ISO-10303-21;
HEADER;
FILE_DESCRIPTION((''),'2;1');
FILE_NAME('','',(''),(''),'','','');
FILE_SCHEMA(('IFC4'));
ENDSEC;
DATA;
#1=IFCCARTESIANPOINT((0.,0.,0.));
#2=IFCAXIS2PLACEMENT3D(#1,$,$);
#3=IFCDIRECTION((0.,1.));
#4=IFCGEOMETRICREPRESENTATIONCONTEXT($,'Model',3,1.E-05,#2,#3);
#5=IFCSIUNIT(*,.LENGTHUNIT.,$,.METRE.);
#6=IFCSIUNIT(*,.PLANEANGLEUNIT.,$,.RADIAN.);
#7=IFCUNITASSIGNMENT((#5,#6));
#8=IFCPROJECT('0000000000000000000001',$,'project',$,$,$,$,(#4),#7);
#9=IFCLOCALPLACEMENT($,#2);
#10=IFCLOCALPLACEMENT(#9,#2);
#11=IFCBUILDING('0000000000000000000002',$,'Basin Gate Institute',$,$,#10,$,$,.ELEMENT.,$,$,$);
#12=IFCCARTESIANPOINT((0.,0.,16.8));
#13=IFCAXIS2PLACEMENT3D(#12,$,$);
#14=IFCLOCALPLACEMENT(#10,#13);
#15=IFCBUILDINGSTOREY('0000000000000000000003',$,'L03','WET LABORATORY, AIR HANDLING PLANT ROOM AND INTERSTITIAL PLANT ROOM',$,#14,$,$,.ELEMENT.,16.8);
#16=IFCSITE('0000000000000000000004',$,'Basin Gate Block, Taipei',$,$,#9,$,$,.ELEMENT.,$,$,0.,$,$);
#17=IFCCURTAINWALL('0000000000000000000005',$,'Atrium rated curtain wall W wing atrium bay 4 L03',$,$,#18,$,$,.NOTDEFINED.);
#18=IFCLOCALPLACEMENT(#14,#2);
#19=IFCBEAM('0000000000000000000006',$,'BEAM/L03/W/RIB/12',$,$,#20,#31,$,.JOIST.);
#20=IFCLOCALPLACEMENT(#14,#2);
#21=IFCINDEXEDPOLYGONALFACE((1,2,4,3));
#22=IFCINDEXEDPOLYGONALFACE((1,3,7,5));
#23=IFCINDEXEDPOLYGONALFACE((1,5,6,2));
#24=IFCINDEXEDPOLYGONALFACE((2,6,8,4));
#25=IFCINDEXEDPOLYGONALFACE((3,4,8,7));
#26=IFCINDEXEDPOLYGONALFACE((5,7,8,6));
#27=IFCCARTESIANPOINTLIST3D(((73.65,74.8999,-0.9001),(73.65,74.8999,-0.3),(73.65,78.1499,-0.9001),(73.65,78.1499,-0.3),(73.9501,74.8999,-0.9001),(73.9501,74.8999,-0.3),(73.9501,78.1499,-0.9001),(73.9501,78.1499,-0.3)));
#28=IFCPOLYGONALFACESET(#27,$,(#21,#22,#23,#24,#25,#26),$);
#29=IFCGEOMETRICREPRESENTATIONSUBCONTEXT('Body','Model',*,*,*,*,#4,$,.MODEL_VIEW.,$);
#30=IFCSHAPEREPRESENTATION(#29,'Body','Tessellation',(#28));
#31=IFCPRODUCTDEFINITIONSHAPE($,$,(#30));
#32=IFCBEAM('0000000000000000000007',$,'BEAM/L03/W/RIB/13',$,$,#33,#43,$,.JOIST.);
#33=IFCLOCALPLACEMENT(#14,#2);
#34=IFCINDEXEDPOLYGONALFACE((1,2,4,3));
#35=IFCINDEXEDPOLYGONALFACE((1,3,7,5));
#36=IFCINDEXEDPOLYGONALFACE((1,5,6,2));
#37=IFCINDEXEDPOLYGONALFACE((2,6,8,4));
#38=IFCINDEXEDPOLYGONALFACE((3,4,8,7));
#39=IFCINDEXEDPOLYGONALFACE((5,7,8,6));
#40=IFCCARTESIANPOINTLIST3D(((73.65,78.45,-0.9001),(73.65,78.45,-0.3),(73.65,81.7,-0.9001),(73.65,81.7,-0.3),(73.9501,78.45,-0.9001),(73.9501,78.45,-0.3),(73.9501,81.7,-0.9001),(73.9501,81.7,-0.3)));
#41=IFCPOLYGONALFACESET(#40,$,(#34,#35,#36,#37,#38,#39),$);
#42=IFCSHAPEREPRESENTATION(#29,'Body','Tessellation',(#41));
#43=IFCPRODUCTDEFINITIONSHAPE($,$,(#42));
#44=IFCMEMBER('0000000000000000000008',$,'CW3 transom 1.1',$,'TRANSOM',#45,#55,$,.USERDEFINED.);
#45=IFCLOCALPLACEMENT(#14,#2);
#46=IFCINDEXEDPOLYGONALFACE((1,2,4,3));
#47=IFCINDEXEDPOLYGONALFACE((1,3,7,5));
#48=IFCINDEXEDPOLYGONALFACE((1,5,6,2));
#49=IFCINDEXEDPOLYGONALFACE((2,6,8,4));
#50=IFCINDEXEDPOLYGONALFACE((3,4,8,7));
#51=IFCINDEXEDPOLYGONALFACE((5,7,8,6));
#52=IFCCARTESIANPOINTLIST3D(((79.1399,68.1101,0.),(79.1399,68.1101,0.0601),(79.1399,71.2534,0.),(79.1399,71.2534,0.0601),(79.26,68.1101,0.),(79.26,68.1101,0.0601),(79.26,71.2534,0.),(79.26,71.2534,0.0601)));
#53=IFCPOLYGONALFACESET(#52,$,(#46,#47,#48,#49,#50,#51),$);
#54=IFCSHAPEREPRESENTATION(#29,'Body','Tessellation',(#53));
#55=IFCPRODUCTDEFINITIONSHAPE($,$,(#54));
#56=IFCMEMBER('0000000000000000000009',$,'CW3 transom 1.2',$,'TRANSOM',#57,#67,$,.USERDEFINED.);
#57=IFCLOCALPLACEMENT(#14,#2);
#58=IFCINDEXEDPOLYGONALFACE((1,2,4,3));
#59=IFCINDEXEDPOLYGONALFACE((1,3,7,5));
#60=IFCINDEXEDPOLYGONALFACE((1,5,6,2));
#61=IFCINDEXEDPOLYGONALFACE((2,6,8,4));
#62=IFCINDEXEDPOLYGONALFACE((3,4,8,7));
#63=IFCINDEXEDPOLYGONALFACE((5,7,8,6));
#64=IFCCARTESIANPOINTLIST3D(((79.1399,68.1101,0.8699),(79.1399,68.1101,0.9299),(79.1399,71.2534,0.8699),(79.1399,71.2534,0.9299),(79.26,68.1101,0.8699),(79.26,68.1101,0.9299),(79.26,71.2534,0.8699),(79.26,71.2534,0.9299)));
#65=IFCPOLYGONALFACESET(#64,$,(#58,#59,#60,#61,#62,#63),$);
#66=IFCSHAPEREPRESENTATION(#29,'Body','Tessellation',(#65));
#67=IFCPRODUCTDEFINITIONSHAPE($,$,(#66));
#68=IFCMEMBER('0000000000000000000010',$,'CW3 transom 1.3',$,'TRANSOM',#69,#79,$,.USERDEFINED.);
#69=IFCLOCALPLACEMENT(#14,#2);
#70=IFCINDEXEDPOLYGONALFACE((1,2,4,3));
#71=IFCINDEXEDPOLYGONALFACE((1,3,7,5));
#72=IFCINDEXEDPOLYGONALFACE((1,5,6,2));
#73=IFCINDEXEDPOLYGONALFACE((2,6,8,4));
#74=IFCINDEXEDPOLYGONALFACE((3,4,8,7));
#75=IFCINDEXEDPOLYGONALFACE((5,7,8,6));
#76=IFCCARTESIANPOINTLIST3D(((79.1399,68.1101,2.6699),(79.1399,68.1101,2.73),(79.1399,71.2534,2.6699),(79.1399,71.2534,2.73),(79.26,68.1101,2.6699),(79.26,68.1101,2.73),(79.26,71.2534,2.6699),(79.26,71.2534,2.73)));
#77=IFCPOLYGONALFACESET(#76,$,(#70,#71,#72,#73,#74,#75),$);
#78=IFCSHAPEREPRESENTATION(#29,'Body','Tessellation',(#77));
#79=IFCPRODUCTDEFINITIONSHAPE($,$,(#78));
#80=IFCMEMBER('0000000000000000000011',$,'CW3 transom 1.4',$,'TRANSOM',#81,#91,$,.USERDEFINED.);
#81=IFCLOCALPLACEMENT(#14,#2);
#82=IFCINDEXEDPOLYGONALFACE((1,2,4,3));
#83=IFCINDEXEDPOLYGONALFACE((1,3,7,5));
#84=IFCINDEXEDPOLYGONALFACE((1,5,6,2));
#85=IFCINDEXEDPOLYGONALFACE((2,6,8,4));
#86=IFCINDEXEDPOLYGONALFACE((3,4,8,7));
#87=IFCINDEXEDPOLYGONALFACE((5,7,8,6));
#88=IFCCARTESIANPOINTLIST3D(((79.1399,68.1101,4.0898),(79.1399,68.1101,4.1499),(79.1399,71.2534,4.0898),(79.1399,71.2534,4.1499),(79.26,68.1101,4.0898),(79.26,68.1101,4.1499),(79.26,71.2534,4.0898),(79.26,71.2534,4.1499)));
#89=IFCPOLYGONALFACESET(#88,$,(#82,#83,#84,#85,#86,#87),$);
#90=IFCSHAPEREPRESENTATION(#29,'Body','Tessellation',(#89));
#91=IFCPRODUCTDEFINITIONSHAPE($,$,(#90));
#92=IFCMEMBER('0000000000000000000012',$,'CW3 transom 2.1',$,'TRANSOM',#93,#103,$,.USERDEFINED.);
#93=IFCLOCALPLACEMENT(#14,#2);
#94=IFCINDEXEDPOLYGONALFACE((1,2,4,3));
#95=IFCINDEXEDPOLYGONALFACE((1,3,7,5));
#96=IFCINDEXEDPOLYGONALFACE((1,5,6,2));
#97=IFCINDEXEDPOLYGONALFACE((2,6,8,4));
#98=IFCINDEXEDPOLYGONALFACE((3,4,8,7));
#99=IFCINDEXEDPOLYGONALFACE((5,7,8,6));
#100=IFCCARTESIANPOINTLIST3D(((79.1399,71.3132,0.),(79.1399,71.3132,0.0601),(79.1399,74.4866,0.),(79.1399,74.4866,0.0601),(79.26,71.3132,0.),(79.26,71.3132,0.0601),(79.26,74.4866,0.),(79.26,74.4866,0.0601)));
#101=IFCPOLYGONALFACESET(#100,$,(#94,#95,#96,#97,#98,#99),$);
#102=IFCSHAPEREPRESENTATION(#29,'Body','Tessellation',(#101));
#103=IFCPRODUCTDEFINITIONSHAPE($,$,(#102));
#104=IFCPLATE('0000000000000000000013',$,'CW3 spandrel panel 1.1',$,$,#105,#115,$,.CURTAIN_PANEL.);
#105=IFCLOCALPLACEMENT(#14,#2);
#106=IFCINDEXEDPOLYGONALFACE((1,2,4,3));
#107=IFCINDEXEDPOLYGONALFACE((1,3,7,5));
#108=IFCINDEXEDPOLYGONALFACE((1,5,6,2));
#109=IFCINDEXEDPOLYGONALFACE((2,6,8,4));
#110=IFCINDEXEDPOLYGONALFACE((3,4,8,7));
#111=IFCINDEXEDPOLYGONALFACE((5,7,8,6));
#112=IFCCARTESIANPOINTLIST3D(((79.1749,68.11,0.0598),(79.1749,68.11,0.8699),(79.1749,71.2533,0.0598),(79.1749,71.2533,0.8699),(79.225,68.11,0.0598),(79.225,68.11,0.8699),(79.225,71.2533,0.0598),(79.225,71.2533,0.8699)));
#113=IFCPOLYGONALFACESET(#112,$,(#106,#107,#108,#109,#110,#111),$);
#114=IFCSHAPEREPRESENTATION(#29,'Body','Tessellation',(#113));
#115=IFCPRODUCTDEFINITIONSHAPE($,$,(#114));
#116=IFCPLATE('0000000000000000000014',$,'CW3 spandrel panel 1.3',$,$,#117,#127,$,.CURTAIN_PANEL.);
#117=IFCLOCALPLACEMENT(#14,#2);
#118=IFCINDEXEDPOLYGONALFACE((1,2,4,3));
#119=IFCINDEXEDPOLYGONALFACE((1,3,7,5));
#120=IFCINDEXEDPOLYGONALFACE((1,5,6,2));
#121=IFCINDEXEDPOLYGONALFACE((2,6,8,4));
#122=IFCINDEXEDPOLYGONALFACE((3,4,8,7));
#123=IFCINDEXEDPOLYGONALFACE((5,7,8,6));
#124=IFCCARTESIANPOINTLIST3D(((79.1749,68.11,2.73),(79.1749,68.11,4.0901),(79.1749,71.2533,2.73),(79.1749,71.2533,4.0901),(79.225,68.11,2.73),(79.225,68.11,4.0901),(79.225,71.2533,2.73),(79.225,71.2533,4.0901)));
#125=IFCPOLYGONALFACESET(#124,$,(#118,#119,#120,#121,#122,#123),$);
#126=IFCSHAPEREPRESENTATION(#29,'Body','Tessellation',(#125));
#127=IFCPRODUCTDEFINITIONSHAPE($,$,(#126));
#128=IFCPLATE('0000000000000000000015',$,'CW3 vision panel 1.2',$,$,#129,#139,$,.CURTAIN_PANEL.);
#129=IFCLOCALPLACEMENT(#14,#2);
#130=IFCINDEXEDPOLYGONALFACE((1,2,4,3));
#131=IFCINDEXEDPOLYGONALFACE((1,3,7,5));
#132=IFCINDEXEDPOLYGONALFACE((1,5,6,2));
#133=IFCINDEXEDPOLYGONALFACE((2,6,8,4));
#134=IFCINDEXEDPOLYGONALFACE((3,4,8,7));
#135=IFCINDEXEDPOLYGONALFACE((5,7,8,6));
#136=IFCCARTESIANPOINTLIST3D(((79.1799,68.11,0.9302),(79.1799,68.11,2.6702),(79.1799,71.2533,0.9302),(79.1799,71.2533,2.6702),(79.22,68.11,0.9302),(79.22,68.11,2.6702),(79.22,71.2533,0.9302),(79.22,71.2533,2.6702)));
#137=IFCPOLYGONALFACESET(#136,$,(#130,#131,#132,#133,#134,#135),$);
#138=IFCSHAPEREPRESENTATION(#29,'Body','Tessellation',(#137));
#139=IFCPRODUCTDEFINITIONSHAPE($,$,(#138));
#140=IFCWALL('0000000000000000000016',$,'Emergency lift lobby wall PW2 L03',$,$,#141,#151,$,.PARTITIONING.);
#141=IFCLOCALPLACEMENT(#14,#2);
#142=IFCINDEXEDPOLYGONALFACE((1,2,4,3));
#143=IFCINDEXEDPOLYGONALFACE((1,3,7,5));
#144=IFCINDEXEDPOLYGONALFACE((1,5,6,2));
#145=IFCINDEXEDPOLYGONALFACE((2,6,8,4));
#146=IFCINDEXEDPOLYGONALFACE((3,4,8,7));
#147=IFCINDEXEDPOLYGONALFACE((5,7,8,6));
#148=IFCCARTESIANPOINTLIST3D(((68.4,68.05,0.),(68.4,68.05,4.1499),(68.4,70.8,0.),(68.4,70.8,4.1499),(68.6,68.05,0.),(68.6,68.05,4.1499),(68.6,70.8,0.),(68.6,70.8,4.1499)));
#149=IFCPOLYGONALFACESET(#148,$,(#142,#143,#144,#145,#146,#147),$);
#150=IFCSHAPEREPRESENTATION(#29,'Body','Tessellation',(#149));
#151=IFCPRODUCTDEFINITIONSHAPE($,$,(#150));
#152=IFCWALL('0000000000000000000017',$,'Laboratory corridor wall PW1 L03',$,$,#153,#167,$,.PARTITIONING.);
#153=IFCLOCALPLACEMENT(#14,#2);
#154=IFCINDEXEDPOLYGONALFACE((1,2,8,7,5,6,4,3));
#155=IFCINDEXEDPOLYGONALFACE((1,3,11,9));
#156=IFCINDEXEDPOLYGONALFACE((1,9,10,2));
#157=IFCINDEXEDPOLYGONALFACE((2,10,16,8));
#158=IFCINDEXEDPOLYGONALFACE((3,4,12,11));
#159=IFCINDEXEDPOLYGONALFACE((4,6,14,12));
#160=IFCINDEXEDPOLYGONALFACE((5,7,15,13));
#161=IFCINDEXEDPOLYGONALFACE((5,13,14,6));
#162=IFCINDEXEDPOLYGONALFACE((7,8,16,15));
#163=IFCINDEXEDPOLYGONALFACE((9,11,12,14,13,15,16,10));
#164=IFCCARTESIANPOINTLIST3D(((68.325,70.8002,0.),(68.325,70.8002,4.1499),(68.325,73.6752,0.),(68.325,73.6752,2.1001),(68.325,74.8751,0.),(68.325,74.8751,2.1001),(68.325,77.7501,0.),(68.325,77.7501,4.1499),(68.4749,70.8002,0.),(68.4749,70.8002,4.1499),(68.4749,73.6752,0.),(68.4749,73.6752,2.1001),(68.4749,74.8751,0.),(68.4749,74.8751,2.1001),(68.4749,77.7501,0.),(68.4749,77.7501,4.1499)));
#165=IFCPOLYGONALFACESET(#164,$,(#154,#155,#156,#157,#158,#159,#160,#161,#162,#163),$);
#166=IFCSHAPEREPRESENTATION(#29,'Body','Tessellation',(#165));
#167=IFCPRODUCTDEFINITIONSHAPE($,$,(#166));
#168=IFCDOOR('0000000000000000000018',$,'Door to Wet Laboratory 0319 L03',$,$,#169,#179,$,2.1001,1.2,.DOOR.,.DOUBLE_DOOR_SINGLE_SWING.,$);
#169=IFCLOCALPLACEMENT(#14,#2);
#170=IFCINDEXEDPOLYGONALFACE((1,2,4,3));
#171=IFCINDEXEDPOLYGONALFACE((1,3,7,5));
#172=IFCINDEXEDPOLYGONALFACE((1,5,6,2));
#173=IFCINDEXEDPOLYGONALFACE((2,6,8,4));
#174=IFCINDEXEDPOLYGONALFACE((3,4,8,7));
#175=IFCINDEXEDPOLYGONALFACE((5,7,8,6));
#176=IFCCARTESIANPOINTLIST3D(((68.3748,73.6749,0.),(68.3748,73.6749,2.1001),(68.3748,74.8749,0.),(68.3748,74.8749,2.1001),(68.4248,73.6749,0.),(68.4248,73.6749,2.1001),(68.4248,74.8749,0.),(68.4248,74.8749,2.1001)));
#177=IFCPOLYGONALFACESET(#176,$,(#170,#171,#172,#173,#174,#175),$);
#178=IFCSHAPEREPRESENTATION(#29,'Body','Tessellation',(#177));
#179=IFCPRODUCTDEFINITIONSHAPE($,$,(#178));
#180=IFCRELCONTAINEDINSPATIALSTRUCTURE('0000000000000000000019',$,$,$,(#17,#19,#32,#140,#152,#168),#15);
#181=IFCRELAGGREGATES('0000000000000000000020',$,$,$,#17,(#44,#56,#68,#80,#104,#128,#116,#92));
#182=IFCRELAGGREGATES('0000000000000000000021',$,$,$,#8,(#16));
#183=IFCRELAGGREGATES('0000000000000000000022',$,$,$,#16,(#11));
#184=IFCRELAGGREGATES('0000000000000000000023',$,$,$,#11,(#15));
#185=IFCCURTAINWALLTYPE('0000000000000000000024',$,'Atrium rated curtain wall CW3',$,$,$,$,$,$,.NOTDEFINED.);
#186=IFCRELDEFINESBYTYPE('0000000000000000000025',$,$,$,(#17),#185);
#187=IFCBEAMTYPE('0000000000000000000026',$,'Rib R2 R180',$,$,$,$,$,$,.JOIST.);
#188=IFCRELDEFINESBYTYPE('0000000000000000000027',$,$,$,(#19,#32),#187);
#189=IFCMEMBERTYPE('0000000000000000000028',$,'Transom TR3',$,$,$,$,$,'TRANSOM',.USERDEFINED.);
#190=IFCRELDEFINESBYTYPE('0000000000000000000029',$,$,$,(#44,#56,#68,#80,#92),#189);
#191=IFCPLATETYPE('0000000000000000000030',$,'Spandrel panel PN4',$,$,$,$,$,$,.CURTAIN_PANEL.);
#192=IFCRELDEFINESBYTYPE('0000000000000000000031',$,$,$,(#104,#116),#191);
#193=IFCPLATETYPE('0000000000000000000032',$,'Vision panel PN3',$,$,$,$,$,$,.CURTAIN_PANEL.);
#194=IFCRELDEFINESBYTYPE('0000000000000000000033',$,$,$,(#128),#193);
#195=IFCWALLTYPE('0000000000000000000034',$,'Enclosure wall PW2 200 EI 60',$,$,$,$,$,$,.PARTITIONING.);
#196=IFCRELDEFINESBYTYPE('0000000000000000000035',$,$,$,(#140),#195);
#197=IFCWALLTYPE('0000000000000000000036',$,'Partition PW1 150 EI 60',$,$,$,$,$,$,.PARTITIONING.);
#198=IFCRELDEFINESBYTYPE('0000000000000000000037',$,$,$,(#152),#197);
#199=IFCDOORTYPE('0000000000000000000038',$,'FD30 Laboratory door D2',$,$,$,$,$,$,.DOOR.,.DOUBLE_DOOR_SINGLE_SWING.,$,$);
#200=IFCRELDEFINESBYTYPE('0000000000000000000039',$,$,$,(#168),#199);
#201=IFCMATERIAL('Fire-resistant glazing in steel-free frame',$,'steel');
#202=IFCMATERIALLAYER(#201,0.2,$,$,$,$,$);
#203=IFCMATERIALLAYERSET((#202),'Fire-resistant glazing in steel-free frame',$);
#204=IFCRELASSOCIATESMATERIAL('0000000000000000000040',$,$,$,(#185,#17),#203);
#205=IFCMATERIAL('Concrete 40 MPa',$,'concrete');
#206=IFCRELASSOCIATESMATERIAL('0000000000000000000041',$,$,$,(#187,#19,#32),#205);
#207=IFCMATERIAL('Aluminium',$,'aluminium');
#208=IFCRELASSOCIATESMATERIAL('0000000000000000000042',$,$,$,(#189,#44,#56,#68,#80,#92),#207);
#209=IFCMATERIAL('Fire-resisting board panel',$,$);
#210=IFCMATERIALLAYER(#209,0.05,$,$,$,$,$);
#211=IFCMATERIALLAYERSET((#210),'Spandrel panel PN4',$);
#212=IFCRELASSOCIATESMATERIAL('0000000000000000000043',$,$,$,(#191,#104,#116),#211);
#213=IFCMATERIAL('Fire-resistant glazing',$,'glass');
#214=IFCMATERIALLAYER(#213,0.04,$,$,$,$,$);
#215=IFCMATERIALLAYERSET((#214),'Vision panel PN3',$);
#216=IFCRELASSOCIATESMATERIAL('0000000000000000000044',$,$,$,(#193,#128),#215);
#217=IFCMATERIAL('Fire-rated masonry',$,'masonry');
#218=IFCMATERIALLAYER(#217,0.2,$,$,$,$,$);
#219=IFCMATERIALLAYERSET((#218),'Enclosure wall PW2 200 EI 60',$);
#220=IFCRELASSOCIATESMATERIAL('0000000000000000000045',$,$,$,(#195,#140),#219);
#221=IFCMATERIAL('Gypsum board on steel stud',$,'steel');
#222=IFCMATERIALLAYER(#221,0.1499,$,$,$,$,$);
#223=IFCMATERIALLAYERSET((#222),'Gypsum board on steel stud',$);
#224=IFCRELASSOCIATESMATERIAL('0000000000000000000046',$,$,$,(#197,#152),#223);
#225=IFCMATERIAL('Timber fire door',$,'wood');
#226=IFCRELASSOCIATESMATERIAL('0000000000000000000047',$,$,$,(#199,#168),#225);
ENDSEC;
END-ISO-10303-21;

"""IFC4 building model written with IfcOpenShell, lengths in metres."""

from ifc_helpers import new_model, si_unit, direction, frame, frame_2d, origin, origin_2d, place, context, subcontext, project, spatial, rectangle, extrude, material, layer, layer_set, material_profile, profile_set, type_object, element, fill, aggregate, save


model = new_model("IFC4")

# Units and contexts
model_context = context("Model", 3, precision=1e-05, world=origin(), true_north=direction((0.0, 1.0)))
body_context = subcontext(model_context, "Body", "Model", "MODEL_VIEW")
ifc_project = project(units=[si_unit("LENGTHUNIT", "METRE"), si_unit("PLANEANGLEUNIT", "RADIAN")], contexts=[model_context])

# Site, building, storey
site_placement = place(None, origin())
site = spatial("IfcSite", under=ifc_project, at=site_placement, Name="Basin Gate Block, Taipei", CompositionType="ELEMENT", RefElevation=0.0)
building_placement = place(site_placement, origin())
building = spatial("IfcBuilding", under=site, at=building_placement, Name="Basin Gate Institute", CompositionType="ELEMENT")
storey_placement = place(building_placement, frame((0.0, 0.0, 16.8)))
storey = spatial("IfcBuildingStorey", under=building, at=storey_placement, Name="L03", Description="WET LABORATORY, AIR HANDLING PLANT ROOM AND INTERSTITIAL PLANT ROOM", CompositionType="ELEMENT", Elevation=16.8)

# Shared definitions
ifc_material_1 = material(Name="Fire-resistant glazing in steel-free frame", Category="steel")
ifc_layer_1 = layer(ifc_material_1, 0.2)
ifc_layer_set_1 = layer_set([ifc_layer_1], Name="Fire-resistant glazing in steel-free frame")
curtain_wall_type = type_object("IfcCurtainWallType", Name="Atrium rated curtain wall CW3", PredefinedType="NOTDEFINED", material=ifc_layer_set_1)

# Curtain wall
curtain_wall_1_placement = place(storey_placement, origin())
curtain_wall_1 = element("IfcCurtainWall", 1, at=curtain_wall_1_placement, inside=storey, type_object=curtain_wall_type, material=ifc_layer_set_1, Name="Atrium rated curtain wall W wing atrium bay 4 L03", PredefinedType="NOTDEFINED")

# Beams
ifc_material_2 = material(Name="Concrete 40 MPa", Category="concrete")
ifc_material_profile_1 = material_profile(ifc_material_2, rectangle(XDim=0.3, YDim=0.6001, at=origin_2d()), Name="Rib R2 300 x 600")
ifc_profile_set_1 = profile_set([ifc_material_profile_1], Name="Concrete 40 MPa")
beam_type_1 = type_object("IfcBeamType", Name="Rib R2 R180", PredefinedType="JOIST", material=ifc_profile_set_1)
for number, where, z_axis, x_axis, name in (
    (2, (73.8, 74.8999, -0.6001), (0.0, 1.0, 0.0), (-1.0, 0.0, 0.0), "BEAM/L03/W/RIB/12"),
    (3, (73.8, 78.45, -0.6001), (0.0, 1.0, 0.0), (-1.0, 0.0, 0.0), "BEAM/L03/W/RIB/13"),
):
    element("IfcBeam", number, at=place(storey_placement, frame(where, z_axis=z_axis, x_axis=x_axis)), inside=storey, type_object=beam_type_1, material=ifc_profile_set_1, Name=name, PredefinedType="JOIST", context=body_context, shape_type="SweptSolid", body=[
        extrude(rectangle(XDim=0.3, YDim=0.6001, at=origin_2d()), origin(), (0.0, 0.0, 1.0), 3.25),
    ])

# Members
ifc_material_3 = material(Name="Aluminium", Category="aluminium")
ifc_material_profile_2 = material_profile(ifc_material_3, rectangle(XDim=0.1201, YDim=0.0601, at=origin_2d()), Name="Transom TR3 120 x 60")
ifc_profile_set_2 = profile_set([ifc_material_profile_2], Name="Aluminium")
member_type_1 = type_object("IfcMemberType", Name="Transom TR3", ElementType="TRANSOM", PredefinedType="USERDEFINED", material=ifc_profile_set_2)
member_1_placement = place(storey_placement, frame((79.2, 68.1101, 0.03), z_axis=(0.0, 1.0, 0.0), x_axis=(-1.0, 0.0, 0.0)))
member_1 = element("IfcMember", 4, at=member_1_placement, type_object=member_type_1, material=ifc_profile_set_2, Name="CW3 transom 1.1", ObjectType="TRANSOM", PredefinedType="USERDEFINED", context=body_context, shape_type="SweptSolid", body=[
    extrude(rectangle(XDim=0.1201, YDim=0.0601, at=origin_2d()), origin(), (0.0, 0.0, 1.0), 3.1433),
])
member_2_placement = place(storey_placement, frame((79.2, 68.1101, 0.8999), z_axis=(0.0, 1.0, 0.0), x_axis=(-1.0, 0.0, 0.0)))
member_2 = element("IfcMember", 5, at=member_2_placement, type_object=member_type_1, material=ifc_profile_set_2, Name="CW3 transom 1.2", ObjectType="TRANSOM", PredefinedType="USERDEFINED", context=body_context, shape_type="SweptSolid", body=[
    extrude(rectangle(XDim=0.1201, YDim=0.0601, at=origin_2d()), origin(), (0.0, 0.0, 1.0), 3.1433),
])
member_3_placement = place(storey_placement, frame((79.2, 68.1101, 2.7), z_axis=(0.0, 1.0, 0.0), x_axis=(-1.0, 0.0, 0.0)))
member_3 = element("IfcMember", 6, at=member_3_placement, type_object=member_type_1, material=ifc_profile_set_2, Name="CW3 transom 1.3", ObjectType="TRANSOM", PredefinedType="USERDEFINED", context=body_context, shape_type="SweptSolid", body=[
    extrude(rectangle(XDim=0.1201, YDim=0.0601, at=origin_2d()), origin(), (0.0, 0.0, 1.0), 3.1433),
])
member_4_placement = place(storey_placement, frame((79.2, 68.1101, 4.1199), z_axis=(0.0, 1.0, 0.0), x_axis=(-1.0, 0.0, 0.0)))
member_4 = element("IfcMember", 7, at=member_4_placement, type_object=member_type_1, material=ifc_profile_set_2, Name="CW3 transom 1.4", ObjectType="TRANSOM", PredefinedType="USERDEFINED", context=body_context, shape_type="SweptSolid", body=[
    extrude(rectangle(XDim=0.1201, YDim=0.0601, at=origin_2d()), origin(), (0.0, 0.0, 1.0), 3.1433),
])
member_5_placement = place(storey_placement, frame((79.2, 71.3132, 0.03), z_axis=(0.0, 1.0, 0.0), x_axis=(-1.0, 0.0, 0.0)))
member_5 = element("IfcMember", 8, at=member_5_placement, type_object=member_type_1, material=ifc_profile_set_2, Name="CW3 transom 2.1", ObjectType="TRANSOM", PredefinedType="USERDEFINED", context=body_context, shape_type="SweptSolid", body=[
    extrude(rectangle(XDim=0.1201, YDim=0.0601, at=origin_2d()), origin(), (0.0, 0.0, 1.0), 3.1733),
])

# Plates
ifc_material_4 = material(Name="Fire-resisting board panel")
ifc_layer_2 = layer(ifc_material_4, 0.05)
ifc_layer_set_2 = layer_set([ifc_layer_2], Name="Spandrel panel PN4")
plate_type_1 = type_object("IfcPlateType", Name="Spandrel panel PN4", PredefinedType="CURTAIN_PANEL", material=ifc_layer_set_2)
plate_1_placement = place(storey_placement, frame((79.2, 69.6816, 0.0598), z_axis=(0.0, 0.0, 1.0), x_axis=(0.0, 1.0, 0.0)))
plate_1 = element("IfcPlate", 9, at=plate_1_placement, type_object=plate_type_1, material=ifc_layer_set_2, Name="CW3 spandrel panel 1.1", PredefinedType="CURTAIN_PANEL", context=body_context, shape_type="SweptSolid", body=[
    extrude(rectangle(XDim=3.1433, YDim=0.05, at=origin_2d()), origin(), (0.0, 0.0, 1.0), 0.8101),
])
plate_2_placement = place(storey_placement, frame((79.2, 69.6816, 2.73), z_axis=(0.0, 0.0, 1.0), x_axis=(0.0, 1.0, 0.0)))
plate_2 = element("IfcPlate", 10, at=plate_2_placement, type_object=plate_type_1, material=ifc_layer_set_2, Name="CW3 spandrel panel 1.3", PredefinedType="CURTAIN_PANEL", context=body_context, shape_type="SweptSolid", body=[
    extrude(rectangle(XDim=3.1433, YDim=0.05, at=origin_2d()), origin(), (0.0, 0.0, 1.0), 1.3601),
])
ifc_material_5 = material(Name="Fire-resistant glazing", Category="glass")
ifc_layer_3 = layer(ifc_material_5, 0.04)
ifc_layer_set_3 = layer_set([ifc_layer_3], Name="Vision panel PN3")
plate_type_2 = type_object("IfcPlateType", Name="Vision panel PN3", PredefinedType="CURTAIN_PANEL", material=ifc_layer_set_3)
plate_3_placement = place(storey_placement, frame((79.2, 69.6816, 0.9302), z_axis=(0.0, 0.0, 1.0), x_axis=(0.0, 1.0, 0.0)))
plate_3 = element("IfcPlate", 11, at=plate_3_placement, type_object=plate_type_2, material=ifc_layer_set_3, Name="CW3 vision panel 1.2", PredefinedType="CURTAIN_PANEL", context=body_context, shape_type="SweptSolid", body=[
    extrude(rectangle(XDim=3.1433, YDim=0.04, at=origin_2d()), origin(), (0.0, 0.0, 1.0), 1.74),
])
aggregate(curtain_wall_1, [member_1, member_2, member_3, member_4, plate_1, plate_3, plate_2, member_5])

# Wall
ifc_material_6 = material(Name="Fire-rated masonry", Category="masonry")
ifc_layer_4 = layer(ifc_material_6, 0.2)
ifc_layer_set_4 = layer_set([ifc_layer_4], Name="Enclosure wall PW2 200 EI 60")
wall_type_1 = type_object("IfcWallType", Name="Enclosure wall PW2 200 EI 60", PredefinedType="PARTITIONING", material=ifc_layer_set_4)
wall_1_placement = place(storey_placement, frame((68.5, 68.05, 0.0), z_axis=(0.0, 0.0, 1.0), x_axis=(0.0, 1.0, 0.0)))
element("IfcWall", 12, at=wall_1_placement, inside=storey, type_object=wall_type_1, material=ifc_layer_set_4, Name="Emergency lift lobby wall PW2 L03", PredefinedType="PARTITIONING", context=body_context, shape_type="SweptSolid", body=[
    extrude(rectangle(XDim=2.75, YDim=0.2, at=frame_2d((1.375, 0.0))), origin(), (0.0, 0.0, 1.0), 4.1499),
])

# Wall, opening, door
ifc_material_7 = material(Name="Gypsum board on steel stud", Category="steel")
ifc_layer_5 = layer(ifc_material_7, 0.1499)
ifc_layer_set_5 = layer_set([ifc_layer_5], Name="Gypsum board on steel stud")
wall_type_2 = type_object("IfcWallType", Name="Partition PW1 150 EI 60", PredefinedType="PARTITIONING", material=ifc_layer_set_5)
wall_2_placement = place(storey_placement, frame((68.3999, 70.8, 0.0), z_axis=(0.0, 0.0, 1.0), x_axis=(0.0, 1.0, 0.0)))
wall_2 = element("IfcWall", 13, at=wall_2_placement, inside=storey, type_object=wall_type_2, material=ifc_layer_set_5, Name="Laboratory corridor wall PW1 L03", PredefinedType="PARTITIONING", context=body_context, shape_type="SweptSolid", body=[
    extrude(rectangle(XDim=6.95, YDim=0.1499, at=frame_2d((3.4751, 0.0))), origin(), (0.0, 0.0, 1.0), 4.1499),
])
opening_placement = place(wall_2_placement, frame((2.875, 0.0, 0.0)))
opening = element("IfcOpeningElement", 14, at=opening_placement, cuts=wall_2, PredefinedType="OPENING", context=body_context, shape_type="SweptSolid", body=[
    extrude(rectangle(XDim=1.2, YDim=2.1001, at=frame_2d((0.6001, 1.05))), frame((0.0, 0.085, 0.0), z_axis=(0.0, -1.0, 0.0), x_axis=(1.0, 0.0, 0.0)), (0.0, 0.0, 1.0), 0.1699),
])
ifc_material_8 = material(Name="Timber fire door", Category="wood")
door_type = type_object("IfcDoorType", Name="FD30 Laboratory door D2", OperationType="DOUBLE_DOOR_SINGLE_SWING", PredefinedType="DOOR", material=ifc_material_8)
door_placement = place(opening_placement, frame((1.2, 0.0, 0.0), z_axis=(0.0, 0.0, 1.0), x_axis=(-1.0, 0.0, 0.0)))
door = element("IfcDoor", 15, at=door_placement, inside=storey, type_object=door_type, material=ifc_material_8, Name="Door to Wet Laboratory 0319 L03", OperationType="DOUBLE_DOOR_SINGLE_SWING", OverallHeight=2.1001, OverallWidth=1.2, PredefinedType="DOOR", context=body_context, shape_type="SweptSolid", body=[
    extrude(rectangle(XDim=1.2, YDim=2.1001, at=frame_2d((0.6001, 1.05))), frame((0.0, 0.0249, 0.0), z_axis=(0.0, -1.0, 0.0), x_axis=(1.0, 0.0, 0.0)), (0.0, 0.0, 1.0), 0.05),
])
fill(opening, door)

save(model, "model.ifc")
